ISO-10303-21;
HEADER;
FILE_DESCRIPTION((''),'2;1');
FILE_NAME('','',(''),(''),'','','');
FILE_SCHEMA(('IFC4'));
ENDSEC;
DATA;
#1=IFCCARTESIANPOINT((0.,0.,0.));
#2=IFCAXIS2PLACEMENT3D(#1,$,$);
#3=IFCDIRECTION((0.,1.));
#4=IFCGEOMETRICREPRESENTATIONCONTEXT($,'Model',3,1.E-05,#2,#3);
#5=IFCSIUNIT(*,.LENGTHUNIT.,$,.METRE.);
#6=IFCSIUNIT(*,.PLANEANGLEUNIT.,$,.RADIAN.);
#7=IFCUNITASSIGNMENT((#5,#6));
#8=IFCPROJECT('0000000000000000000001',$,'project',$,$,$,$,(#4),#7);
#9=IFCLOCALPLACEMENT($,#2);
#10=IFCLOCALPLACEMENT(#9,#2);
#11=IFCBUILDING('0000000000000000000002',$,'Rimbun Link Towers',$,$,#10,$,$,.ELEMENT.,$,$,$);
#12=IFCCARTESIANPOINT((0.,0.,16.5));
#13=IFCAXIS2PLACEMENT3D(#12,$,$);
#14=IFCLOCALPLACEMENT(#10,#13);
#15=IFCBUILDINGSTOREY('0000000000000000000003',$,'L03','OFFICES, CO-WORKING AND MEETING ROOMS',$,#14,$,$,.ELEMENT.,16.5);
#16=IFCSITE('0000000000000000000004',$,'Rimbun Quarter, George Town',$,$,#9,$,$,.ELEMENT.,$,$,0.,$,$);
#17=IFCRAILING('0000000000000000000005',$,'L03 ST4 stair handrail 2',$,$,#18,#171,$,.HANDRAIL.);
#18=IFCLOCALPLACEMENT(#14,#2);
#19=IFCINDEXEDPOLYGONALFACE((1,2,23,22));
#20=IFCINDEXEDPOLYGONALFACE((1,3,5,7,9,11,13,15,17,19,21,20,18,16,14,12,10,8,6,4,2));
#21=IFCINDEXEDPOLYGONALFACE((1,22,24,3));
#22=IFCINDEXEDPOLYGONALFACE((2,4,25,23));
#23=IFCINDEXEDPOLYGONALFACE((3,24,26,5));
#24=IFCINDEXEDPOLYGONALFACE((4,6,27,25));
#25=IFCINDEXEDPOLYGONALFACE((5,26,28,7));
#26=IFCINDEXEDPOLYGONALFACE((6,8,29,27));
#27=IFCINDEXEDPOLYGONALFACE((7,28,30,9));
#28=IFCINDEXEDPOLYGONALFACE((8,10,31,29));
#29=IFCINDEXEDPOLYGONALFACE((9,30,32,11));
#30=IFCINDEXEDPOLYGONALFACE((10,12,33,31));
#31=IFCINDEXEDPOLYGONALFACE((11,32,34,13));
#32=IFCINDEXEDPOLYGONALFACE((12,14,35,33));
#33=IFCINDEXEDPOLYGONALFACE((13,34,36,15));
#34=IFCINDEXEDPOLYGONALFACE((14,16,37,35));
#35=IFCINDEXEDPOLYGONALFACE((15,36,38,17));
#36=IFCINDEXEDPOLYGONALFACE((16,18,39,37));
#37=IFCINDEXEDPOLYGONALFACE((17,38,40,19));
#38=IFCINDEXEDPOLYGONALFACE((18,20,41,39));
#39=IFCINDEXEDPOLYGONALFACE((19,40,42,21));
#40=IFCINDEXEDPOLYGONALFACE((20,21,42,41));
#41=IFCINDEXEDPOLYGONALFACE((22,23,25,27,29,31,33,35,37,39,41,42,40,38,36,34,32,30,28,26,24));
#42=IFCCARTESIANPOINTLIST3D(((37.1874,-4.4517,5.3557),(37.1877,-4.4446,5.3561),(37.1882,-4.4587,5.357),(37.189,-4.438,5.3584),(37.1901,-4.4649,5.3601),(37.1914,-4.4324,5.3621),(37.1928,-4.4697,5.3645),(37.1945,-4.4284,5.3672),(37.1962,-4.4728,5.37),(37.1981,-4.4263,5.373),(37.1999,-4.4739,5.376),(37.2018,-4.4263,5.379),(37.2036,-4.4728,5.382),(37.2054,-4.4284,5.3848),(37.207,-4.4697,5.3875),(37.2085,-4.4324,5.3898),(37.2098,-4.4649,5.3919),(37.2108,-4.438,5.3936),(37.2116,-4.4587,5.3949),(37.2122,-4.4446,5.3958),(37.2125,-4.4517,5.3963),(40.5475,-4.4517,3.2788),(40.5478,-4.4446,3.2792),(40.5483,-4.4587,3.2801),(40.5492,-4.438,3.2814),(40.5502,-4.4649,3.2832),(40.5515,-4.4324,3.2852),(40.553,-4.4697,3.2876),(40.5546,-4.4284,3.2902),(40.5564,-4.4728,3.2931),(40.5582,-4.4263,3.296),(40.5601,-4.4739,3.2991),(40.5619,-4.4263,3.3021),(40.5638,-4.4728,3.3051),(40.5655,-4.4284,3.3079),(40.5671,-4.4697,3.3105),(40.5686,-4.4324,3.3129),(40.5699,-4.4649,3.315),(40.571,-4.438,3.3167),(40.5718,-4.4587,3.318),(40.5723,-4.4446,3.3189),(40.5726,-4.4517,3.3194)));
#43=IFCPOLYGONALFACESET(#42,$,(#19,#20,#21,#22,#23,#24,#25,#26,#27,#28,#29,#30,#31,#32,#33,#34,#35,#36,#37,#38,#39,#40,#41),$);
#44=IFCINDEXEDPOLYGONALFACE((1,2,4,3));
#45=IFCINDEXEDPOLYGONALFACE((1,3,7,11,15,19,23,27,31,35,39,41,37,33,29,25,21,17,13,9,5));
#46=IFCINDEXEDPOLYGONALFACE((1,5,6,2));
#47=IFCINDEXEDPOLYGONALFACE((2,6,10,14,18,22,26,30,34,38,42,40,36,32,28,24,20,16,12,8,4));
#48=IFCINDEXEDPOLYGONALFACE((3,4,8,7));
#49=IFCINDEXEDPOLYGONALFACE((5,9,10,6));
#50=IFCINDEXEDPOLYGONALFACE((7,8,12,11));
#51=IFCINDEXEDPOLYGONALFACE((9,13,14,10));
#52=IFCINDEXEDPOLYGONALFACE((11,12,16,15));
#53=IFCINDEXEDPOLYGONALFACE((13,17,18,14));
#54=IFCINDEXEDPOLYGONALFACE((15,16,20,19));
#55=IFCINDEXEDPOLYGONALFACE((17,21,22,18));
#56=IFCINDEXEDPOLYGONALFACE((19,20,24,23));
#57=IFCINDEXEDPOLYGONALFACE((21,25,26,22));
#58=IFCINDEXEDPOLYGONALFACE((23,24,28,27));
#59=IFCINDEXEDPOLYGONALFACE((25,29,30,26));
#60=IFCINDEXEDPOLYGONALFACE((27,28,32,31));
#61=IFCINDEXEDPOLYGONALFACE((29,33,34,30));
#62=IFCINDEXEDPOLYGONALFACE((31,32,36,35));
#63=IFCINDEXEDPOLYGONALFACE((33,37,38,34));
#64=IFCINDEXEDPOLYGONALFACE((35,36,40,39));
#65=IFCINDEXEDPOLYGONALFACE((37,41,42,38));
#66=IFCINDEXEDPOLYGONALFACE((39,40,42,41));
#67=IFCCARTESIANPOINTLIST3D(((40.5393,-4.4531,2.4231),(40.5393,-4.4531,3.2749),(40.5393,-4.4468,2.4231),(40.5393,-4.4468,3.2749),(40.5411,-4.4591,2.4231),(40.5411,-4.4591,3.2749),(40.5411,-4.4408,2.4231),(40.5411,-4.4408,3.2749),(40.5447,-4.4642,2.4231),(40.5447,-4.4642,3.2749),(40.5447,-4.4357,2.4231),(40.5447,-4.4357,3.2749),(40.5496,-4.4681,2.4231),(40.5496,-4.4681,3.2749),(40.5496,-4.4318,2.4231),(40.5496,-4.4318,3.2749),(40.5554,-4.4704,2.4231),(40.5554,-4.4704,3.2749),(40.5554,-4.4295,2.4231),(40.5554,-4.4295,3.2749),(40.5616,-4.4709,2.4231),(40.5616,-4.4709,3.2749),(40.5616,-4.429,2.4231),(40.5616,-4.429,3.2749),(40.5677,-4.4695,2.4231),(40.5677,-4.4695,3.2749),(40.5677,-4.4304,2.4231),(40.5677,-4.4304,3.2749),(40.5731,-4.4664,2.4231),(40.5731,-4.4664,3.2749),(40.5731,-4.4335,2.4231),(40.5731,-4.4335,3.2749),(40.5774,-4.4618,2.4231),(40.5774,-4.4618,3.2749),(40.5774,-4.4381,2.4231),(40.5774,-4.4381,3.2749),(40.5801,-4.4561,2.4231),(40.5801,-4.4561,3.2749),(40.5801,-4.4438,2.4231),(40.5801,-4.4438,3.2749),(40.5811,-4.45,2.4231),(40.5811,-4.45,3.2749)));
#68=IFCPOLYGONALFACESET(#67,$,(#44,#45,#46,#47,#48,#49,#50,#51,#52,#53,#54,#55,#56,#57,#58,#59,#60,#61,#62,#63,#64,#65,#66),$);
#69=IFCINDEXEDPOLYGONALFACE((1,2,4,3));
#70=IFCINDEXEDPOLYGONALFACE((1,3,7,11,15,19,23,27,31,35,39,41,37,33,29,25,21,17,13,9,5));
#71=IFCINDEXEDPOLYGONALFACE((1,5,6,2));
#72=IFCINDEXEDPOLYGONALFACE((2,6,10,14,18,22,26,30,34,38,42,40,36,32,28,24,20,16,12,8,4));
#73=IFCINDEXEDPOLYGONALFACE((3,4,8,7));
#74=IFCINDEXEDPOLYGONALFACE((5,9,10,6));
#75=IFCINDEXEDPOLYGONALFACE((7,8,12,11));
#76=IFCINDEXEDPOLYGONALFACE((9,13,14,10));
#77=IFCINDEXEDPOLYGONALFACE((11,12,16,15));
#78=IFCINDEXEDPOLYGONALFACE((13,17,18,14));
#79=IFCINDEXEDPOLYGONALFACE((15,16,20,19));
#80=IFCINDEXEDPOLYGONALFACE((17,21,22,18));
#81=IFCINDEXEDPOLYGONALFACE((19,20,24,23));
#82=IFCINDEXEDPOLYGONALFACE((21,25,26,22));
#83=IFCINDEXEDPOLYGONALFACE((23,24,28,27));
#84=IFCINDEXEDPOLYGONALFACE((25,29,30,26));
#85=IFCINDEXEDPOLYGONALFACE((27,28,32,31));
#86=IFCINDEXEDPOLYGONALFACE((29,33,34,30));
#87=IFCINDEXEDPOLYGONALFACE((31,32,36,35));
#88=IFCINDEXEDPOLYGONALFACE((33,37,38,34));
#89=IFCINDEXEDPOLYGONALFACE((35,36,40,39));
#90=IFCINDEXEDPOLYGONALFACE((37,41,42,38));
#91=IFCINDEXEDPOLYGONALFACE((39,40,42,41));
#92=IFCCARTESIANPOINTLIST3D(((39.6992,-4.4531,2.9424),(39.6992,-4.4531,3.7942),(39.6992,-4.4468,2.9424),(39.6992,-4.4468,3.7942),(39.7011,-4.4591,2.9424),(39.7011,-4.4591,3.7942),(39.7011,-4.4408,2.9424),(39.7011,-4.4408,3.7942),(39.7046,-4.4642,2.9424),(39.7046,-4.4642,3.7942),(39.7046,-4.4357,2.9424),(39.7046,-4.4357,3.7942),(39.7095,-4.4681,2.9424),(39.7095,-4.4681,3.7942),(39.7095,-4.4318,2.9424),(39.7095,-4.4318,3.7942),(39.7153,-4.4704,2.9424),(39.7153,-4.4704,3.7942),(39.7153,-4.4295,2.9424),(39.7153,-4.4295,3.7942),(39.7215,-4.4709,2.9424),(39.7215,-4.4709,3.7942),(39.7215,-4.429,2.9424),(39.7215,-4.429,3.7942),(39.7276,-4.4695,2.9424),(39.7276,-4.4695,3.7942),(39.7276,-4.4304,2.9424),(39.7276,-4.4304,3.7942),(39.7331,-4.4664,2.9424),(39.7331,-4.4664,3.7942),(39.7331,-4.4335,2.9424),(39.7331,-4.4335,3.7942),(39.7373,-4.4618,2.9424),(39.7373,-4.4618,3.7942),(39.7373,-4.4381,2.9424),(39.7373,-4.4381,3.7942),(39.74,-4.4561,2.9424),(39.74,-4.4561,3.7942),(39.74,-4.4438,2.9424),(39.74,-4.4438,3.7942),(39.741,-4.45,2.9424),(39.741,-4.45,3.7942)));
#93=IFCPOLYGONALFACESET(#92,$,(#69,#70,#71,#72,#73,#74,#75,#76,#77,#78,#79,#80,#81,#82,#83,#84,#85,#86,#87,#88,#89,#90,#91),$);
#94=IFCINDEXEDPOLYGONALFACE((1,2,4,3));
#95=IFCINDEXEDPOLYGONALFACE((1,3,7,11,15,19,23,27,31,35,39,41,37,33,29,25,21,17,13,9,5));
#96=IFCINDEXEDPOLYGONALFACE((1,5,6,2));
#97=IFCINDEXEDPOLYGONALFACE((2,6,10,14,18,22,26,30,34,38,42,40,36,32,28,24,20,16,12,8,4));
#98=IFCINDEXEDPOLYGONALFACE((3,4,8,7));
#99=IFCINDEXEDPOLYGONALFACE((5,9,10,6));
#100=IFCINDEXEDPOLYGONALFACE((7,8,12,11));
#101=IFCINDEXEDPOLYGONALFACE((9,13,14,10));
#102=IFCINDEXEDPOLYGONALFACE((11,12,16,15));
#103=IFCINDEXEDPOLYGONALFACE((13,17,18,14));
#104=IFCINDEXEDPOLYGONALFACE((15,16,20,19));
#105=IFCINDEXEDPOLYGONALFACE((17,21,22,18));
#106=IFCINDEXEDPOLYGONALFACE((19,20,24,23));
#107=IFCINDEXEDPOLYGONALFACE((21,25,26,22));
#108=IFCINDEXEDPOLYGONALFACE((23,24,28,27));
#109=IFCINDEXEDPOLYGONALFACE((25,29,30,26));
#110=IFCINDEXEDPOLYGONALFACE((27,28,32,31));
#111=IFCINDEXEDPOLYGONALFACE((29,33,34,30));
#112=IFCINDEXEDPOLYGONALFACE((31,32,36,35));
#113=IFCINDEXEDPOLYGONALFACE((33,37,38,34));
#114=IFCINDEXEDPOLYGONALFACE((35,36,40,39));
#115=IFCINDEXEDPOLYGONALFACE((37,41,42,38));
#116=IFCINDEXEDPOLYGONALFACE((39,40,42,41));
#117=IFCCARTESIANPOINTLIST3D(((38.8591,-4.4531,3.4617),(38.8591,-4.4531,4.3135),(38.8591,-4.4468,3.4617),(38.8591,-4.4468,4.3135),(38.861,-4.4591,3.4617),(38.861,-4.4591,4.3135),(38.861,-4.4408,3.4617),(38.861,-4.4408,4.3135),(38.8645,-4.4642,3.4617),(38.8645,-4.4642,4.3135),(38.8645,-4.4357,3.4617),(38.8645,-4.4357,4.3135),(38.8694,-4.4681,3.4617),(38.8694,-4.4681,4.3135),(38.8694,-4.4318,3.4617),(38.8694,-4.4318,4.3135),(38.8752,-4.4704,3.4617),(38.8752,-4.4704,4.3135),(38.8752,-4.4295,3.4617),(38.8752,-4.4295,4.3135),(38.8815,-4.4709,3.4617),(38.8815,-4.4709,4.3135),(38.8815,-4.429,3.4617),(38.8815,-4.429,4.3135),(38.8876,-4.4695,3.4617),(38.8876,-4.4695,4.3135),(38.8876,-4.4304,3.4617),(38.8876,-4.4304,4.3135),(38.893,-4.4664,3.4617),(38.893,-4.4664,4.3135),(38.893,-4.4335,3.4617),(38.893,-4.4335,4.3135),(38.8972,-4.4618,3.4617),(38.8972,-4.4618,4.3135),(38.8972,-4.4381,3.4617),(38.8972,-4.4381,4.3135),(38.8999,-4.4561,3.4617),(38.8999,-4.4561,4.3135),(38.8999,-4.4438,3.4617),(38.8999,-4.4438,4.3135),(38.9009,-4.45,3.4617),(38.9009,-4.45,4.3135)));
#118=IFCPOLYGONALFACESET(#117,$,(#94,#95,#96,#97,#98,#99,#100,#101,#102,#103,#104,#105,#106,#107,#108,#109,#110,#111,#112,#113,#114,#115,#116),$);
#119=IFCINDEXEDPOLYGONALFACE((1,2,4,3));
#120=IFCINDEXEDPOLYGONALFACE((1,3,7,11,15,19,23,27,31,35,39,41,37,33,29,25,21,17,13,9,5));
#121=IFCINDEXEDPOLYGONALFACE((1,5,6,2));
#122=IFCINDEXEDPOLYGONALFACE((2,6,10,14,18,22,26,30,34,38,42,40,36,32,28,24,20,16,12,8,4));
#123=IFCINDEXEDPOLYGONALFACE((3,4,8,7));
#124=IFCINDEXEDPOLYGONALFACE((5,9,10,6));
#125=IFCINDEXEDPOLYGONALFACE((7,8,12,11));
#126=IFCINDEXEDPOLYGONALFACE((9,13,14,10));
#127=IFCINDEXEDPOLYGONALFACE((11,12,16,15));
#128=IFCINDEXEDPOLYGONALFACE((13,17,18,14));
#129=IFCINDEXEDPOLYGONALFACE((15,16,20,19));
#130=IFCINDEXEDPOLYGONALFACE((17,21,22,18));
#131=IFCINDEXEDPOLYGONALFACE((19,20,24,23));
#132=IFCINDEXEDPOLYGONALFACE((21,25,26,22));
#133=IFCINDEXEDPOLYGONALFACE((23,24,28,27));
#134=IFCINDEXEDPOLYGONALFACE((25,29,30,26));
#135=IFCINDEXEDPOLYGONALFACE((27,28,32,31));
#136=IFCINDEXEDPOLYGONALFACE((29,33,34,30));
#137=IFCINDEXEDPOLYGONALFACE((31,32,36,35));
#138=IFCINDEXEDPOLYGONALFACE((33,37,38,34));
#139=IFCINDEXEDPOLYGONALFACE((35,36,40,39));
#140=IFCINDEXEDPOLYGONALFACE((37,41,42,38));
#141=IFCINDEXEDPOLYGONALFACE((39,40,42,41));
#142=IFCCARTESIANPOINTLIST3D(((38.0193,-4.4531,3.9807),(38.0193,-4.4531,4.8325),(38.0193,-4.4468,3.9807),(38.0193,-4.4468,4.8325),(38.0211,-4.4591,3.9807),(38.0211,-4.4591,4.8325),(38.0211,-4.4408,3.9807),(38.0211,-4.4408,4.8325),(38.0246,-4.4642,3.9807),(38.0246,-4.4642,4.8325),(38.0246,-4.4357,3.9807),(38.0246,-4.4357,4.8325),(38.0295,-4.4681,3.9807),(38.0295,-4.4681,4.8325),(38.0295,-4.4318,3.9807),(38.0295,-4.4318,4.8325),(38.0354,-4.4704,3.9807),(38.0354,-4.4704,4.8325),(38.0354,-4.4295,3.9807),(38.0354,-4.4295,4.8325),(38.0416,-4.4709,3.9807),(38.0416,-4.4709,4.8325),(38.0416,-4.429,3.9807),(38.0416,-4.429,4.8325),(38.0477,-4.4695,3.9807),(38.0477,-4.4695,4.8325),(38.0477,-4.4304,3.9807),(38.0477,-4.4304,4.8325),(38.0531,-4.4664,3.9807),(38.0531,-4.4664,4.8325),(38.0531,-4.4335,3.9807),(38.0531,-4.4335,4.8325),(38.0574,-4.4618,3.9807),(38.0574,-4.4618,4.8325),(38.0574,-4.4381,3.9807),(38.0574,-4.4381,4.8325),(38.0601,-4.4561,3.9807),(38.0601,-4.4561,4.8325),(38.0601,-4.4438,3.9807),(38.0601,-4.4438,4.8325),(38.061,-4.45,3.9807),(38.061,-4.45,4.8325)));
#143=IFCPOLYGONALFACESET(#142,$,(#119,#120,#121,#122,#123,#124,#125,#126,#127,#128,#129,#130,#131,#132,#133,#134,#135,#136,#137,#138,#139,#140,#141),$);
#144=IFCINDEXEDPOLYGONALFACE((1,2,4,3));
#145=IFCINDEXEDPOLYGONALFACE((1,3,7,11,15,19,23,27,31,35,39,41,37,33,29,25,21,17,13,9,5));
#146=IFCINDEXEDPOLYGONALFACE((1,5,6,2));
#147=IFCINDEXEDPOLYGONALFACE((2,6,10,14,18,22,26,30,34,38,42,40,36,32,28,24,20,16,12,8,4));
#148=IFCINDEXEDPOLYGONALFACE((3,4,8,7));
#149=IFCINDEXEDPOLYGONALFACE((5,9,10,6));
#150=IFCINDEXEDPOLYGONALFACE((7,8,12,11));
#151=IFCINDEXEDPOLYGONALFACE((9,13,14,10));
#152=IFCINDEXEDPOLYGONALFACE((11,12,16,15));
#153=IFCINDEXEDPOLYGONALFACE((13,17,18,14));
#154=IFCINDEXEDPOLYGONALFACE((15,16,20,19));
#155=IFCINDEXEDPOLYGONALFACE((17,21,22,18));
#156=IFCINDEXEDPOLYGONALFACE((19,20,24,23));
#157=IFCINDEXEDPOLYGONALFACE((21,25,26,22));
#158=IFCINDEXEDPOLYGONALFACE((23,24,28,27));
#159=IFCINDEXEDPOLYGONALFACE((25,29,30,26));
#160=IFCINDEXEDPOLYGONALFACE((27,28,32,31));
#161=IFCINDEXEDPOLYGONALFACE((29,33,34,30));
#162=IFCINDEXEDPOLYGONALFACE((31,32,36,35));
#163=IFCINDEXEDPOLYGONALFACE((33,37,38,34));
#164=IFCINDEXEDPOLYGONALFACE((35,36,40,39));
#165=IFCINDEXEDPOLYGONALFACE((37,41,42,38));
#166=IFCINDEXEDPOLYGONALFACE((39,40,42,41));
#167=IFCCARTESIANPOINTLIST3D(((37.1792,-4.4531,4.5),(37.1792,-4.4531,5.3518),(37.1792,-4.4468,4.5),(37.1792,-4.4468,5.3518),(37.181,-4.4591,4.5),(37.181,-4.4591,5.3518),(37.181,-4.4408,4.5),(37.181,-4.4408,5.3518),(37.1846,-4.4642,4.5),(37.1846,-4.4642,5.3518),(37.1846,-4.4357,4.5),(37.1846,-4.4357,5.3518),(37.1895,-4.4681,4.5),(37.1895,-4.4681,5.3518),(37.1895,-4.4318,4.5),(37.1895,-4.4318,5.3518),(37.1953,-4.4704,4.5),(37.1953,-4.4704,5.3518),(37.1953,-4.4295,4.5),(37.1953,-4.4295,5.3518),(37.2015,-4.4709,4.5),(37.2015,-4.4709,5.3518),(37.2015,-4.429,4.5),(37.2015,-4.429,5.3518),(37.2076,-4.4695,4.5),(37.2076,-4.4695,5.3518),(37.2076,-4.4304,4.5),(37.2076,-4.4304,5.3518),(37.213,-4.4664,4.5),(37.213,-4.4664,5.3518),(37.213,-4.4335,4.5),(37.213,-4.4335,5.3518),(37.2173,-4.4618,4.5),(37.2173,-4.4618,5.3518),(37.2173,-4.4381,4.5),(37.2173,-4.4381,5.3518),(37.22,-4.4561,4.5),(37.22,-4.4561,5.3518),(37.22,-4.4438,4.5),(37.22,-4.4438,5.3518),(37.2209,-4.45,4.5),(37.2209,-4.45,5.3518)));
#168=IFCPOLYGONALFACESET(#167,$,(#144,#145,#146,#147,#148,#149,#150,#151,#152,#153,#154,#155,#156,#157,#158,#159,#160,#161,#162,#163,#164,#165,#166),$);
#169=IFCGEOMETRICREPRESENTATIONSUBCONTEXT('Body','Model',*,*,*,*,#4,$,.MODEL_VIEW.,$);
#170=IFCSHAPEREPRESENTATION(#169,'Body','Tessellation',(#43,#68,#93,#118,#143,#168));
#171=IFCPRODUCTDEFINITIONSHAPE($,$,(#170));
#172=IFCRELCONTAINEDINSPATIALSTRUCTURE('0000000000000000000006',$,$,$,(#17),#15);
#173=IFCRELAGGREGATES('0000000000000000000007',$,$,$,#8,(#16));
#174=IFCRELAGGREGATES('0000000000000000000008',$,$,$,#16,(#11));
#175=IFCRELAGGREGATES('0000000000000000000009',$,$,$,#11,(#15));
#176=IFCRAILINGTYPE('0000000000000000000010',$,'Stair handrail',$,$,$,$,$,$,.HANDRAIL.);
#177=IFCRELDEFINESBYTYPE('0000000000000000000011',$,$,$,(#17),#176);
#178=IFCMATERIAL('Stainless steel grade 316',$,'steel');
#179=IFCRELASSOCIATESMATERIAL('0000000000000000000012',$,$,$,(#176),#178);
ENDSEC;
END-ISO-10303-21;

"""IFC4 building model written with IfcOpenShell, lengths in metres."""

from ifc_helpers import new_model, si_unit, direction, frame, origin, origin_2d, place, context, subcontext, project, spatial, circle, extrude, material, type_object, element, save


model = new_model("IFC4")

# Units and contexts
model_context = context("Model", 3, precision=1e-05, world=origin(), true_north=direction((0.0, 1.0)))
body_context = subcontext(model_context, "Body", "Model", "MODEL_VIEW")
ifc_project = project(units=[si_unit("LENGTHUNIT", "METRE"), si_unit("PLANEANGLEUNIT", "RADIAN")], contexts=[model_context])

# Site, building, storey
site_placement = place(None, origin())
site = spatial("IfcSite", under=ifc_project, at=site_placement, Name="Rimbun Quarter, George Town", CompositionType="ELEMENT", RefElevation=0.0)
building_placement = place(site_placement, origin())
building = spatial("IfcBuilding", under=site, at=building_placement, Name="Rimbun Link Towers", CompositionType="ELEMENT")
storey_placement = place(building_placement, frame((0.0, 0.0, 16.5)))
storey = spatial("IfcBuildingStorey", under=building, at=storey_placement, Name="L03", Description="OFFICES, CO-WORKING AND MEETING ROOMS", CompositionType="ELEMENT", Elevation=16.5)

# Railing
ifc_material_1 = material(Name="Stainless steel grade 316", Category="steel")
railing_type_1 = type_object("IfcRailingType", Name="Stair handrail", PredefinedType="HANDRAIL", material=ifc_material_1)
railing_1_placement = place(storey_placement, frame((40.5601, -4.45, 2.4231)))
element("IfcRailing", 1, at=railing_1_placement, inside=storey, type_object=railing_type_1, Name="L03 ST4 stair handrail 2", PredefinedType="HANDRAIL", context=body_context, shape_type="SweptSolid", body=[
    extrude(circle(Radius=0.0239, at=origin_2d()), frame((0.0, 0.0, 0.876), z_axis=(-0.850623, 0.0, 0.525776), x_axis=(0.0, -1.0, 0.0)), (0.0, 0.0, 1.0), 3.9502),
    extrude(circle(Radius=0.021, at=origin_2d()), origin(), (0.0, 0.0, 1.0), 0.8518),
    extrude(circle(Radius=0.021, at=origin_2d()), frame((-0.8401, 0.0, 0.5193)), (0.0, 0.0, 1.0), 0.8518),
    extrude(circle(Radius=0.021, at=origin_2d()), frame((-1.6802, 0.0, 1.0386)), (0.0, 0.0, 1.0), 0.8518),
    extrude(circle(Radius=0.021, at=origin_2d()), frame((-2.52, 0.0, 1.5576)), (0.0, 0.0, 1.0), 0.8518),
    extrude(circle(Radius=0.021, at=origin_2d()), frame((-3.3601, 0.0, 2.0769)), (0.0, 0.0, 1.0), 0.8518),
])

save(model, "model.ifc")
